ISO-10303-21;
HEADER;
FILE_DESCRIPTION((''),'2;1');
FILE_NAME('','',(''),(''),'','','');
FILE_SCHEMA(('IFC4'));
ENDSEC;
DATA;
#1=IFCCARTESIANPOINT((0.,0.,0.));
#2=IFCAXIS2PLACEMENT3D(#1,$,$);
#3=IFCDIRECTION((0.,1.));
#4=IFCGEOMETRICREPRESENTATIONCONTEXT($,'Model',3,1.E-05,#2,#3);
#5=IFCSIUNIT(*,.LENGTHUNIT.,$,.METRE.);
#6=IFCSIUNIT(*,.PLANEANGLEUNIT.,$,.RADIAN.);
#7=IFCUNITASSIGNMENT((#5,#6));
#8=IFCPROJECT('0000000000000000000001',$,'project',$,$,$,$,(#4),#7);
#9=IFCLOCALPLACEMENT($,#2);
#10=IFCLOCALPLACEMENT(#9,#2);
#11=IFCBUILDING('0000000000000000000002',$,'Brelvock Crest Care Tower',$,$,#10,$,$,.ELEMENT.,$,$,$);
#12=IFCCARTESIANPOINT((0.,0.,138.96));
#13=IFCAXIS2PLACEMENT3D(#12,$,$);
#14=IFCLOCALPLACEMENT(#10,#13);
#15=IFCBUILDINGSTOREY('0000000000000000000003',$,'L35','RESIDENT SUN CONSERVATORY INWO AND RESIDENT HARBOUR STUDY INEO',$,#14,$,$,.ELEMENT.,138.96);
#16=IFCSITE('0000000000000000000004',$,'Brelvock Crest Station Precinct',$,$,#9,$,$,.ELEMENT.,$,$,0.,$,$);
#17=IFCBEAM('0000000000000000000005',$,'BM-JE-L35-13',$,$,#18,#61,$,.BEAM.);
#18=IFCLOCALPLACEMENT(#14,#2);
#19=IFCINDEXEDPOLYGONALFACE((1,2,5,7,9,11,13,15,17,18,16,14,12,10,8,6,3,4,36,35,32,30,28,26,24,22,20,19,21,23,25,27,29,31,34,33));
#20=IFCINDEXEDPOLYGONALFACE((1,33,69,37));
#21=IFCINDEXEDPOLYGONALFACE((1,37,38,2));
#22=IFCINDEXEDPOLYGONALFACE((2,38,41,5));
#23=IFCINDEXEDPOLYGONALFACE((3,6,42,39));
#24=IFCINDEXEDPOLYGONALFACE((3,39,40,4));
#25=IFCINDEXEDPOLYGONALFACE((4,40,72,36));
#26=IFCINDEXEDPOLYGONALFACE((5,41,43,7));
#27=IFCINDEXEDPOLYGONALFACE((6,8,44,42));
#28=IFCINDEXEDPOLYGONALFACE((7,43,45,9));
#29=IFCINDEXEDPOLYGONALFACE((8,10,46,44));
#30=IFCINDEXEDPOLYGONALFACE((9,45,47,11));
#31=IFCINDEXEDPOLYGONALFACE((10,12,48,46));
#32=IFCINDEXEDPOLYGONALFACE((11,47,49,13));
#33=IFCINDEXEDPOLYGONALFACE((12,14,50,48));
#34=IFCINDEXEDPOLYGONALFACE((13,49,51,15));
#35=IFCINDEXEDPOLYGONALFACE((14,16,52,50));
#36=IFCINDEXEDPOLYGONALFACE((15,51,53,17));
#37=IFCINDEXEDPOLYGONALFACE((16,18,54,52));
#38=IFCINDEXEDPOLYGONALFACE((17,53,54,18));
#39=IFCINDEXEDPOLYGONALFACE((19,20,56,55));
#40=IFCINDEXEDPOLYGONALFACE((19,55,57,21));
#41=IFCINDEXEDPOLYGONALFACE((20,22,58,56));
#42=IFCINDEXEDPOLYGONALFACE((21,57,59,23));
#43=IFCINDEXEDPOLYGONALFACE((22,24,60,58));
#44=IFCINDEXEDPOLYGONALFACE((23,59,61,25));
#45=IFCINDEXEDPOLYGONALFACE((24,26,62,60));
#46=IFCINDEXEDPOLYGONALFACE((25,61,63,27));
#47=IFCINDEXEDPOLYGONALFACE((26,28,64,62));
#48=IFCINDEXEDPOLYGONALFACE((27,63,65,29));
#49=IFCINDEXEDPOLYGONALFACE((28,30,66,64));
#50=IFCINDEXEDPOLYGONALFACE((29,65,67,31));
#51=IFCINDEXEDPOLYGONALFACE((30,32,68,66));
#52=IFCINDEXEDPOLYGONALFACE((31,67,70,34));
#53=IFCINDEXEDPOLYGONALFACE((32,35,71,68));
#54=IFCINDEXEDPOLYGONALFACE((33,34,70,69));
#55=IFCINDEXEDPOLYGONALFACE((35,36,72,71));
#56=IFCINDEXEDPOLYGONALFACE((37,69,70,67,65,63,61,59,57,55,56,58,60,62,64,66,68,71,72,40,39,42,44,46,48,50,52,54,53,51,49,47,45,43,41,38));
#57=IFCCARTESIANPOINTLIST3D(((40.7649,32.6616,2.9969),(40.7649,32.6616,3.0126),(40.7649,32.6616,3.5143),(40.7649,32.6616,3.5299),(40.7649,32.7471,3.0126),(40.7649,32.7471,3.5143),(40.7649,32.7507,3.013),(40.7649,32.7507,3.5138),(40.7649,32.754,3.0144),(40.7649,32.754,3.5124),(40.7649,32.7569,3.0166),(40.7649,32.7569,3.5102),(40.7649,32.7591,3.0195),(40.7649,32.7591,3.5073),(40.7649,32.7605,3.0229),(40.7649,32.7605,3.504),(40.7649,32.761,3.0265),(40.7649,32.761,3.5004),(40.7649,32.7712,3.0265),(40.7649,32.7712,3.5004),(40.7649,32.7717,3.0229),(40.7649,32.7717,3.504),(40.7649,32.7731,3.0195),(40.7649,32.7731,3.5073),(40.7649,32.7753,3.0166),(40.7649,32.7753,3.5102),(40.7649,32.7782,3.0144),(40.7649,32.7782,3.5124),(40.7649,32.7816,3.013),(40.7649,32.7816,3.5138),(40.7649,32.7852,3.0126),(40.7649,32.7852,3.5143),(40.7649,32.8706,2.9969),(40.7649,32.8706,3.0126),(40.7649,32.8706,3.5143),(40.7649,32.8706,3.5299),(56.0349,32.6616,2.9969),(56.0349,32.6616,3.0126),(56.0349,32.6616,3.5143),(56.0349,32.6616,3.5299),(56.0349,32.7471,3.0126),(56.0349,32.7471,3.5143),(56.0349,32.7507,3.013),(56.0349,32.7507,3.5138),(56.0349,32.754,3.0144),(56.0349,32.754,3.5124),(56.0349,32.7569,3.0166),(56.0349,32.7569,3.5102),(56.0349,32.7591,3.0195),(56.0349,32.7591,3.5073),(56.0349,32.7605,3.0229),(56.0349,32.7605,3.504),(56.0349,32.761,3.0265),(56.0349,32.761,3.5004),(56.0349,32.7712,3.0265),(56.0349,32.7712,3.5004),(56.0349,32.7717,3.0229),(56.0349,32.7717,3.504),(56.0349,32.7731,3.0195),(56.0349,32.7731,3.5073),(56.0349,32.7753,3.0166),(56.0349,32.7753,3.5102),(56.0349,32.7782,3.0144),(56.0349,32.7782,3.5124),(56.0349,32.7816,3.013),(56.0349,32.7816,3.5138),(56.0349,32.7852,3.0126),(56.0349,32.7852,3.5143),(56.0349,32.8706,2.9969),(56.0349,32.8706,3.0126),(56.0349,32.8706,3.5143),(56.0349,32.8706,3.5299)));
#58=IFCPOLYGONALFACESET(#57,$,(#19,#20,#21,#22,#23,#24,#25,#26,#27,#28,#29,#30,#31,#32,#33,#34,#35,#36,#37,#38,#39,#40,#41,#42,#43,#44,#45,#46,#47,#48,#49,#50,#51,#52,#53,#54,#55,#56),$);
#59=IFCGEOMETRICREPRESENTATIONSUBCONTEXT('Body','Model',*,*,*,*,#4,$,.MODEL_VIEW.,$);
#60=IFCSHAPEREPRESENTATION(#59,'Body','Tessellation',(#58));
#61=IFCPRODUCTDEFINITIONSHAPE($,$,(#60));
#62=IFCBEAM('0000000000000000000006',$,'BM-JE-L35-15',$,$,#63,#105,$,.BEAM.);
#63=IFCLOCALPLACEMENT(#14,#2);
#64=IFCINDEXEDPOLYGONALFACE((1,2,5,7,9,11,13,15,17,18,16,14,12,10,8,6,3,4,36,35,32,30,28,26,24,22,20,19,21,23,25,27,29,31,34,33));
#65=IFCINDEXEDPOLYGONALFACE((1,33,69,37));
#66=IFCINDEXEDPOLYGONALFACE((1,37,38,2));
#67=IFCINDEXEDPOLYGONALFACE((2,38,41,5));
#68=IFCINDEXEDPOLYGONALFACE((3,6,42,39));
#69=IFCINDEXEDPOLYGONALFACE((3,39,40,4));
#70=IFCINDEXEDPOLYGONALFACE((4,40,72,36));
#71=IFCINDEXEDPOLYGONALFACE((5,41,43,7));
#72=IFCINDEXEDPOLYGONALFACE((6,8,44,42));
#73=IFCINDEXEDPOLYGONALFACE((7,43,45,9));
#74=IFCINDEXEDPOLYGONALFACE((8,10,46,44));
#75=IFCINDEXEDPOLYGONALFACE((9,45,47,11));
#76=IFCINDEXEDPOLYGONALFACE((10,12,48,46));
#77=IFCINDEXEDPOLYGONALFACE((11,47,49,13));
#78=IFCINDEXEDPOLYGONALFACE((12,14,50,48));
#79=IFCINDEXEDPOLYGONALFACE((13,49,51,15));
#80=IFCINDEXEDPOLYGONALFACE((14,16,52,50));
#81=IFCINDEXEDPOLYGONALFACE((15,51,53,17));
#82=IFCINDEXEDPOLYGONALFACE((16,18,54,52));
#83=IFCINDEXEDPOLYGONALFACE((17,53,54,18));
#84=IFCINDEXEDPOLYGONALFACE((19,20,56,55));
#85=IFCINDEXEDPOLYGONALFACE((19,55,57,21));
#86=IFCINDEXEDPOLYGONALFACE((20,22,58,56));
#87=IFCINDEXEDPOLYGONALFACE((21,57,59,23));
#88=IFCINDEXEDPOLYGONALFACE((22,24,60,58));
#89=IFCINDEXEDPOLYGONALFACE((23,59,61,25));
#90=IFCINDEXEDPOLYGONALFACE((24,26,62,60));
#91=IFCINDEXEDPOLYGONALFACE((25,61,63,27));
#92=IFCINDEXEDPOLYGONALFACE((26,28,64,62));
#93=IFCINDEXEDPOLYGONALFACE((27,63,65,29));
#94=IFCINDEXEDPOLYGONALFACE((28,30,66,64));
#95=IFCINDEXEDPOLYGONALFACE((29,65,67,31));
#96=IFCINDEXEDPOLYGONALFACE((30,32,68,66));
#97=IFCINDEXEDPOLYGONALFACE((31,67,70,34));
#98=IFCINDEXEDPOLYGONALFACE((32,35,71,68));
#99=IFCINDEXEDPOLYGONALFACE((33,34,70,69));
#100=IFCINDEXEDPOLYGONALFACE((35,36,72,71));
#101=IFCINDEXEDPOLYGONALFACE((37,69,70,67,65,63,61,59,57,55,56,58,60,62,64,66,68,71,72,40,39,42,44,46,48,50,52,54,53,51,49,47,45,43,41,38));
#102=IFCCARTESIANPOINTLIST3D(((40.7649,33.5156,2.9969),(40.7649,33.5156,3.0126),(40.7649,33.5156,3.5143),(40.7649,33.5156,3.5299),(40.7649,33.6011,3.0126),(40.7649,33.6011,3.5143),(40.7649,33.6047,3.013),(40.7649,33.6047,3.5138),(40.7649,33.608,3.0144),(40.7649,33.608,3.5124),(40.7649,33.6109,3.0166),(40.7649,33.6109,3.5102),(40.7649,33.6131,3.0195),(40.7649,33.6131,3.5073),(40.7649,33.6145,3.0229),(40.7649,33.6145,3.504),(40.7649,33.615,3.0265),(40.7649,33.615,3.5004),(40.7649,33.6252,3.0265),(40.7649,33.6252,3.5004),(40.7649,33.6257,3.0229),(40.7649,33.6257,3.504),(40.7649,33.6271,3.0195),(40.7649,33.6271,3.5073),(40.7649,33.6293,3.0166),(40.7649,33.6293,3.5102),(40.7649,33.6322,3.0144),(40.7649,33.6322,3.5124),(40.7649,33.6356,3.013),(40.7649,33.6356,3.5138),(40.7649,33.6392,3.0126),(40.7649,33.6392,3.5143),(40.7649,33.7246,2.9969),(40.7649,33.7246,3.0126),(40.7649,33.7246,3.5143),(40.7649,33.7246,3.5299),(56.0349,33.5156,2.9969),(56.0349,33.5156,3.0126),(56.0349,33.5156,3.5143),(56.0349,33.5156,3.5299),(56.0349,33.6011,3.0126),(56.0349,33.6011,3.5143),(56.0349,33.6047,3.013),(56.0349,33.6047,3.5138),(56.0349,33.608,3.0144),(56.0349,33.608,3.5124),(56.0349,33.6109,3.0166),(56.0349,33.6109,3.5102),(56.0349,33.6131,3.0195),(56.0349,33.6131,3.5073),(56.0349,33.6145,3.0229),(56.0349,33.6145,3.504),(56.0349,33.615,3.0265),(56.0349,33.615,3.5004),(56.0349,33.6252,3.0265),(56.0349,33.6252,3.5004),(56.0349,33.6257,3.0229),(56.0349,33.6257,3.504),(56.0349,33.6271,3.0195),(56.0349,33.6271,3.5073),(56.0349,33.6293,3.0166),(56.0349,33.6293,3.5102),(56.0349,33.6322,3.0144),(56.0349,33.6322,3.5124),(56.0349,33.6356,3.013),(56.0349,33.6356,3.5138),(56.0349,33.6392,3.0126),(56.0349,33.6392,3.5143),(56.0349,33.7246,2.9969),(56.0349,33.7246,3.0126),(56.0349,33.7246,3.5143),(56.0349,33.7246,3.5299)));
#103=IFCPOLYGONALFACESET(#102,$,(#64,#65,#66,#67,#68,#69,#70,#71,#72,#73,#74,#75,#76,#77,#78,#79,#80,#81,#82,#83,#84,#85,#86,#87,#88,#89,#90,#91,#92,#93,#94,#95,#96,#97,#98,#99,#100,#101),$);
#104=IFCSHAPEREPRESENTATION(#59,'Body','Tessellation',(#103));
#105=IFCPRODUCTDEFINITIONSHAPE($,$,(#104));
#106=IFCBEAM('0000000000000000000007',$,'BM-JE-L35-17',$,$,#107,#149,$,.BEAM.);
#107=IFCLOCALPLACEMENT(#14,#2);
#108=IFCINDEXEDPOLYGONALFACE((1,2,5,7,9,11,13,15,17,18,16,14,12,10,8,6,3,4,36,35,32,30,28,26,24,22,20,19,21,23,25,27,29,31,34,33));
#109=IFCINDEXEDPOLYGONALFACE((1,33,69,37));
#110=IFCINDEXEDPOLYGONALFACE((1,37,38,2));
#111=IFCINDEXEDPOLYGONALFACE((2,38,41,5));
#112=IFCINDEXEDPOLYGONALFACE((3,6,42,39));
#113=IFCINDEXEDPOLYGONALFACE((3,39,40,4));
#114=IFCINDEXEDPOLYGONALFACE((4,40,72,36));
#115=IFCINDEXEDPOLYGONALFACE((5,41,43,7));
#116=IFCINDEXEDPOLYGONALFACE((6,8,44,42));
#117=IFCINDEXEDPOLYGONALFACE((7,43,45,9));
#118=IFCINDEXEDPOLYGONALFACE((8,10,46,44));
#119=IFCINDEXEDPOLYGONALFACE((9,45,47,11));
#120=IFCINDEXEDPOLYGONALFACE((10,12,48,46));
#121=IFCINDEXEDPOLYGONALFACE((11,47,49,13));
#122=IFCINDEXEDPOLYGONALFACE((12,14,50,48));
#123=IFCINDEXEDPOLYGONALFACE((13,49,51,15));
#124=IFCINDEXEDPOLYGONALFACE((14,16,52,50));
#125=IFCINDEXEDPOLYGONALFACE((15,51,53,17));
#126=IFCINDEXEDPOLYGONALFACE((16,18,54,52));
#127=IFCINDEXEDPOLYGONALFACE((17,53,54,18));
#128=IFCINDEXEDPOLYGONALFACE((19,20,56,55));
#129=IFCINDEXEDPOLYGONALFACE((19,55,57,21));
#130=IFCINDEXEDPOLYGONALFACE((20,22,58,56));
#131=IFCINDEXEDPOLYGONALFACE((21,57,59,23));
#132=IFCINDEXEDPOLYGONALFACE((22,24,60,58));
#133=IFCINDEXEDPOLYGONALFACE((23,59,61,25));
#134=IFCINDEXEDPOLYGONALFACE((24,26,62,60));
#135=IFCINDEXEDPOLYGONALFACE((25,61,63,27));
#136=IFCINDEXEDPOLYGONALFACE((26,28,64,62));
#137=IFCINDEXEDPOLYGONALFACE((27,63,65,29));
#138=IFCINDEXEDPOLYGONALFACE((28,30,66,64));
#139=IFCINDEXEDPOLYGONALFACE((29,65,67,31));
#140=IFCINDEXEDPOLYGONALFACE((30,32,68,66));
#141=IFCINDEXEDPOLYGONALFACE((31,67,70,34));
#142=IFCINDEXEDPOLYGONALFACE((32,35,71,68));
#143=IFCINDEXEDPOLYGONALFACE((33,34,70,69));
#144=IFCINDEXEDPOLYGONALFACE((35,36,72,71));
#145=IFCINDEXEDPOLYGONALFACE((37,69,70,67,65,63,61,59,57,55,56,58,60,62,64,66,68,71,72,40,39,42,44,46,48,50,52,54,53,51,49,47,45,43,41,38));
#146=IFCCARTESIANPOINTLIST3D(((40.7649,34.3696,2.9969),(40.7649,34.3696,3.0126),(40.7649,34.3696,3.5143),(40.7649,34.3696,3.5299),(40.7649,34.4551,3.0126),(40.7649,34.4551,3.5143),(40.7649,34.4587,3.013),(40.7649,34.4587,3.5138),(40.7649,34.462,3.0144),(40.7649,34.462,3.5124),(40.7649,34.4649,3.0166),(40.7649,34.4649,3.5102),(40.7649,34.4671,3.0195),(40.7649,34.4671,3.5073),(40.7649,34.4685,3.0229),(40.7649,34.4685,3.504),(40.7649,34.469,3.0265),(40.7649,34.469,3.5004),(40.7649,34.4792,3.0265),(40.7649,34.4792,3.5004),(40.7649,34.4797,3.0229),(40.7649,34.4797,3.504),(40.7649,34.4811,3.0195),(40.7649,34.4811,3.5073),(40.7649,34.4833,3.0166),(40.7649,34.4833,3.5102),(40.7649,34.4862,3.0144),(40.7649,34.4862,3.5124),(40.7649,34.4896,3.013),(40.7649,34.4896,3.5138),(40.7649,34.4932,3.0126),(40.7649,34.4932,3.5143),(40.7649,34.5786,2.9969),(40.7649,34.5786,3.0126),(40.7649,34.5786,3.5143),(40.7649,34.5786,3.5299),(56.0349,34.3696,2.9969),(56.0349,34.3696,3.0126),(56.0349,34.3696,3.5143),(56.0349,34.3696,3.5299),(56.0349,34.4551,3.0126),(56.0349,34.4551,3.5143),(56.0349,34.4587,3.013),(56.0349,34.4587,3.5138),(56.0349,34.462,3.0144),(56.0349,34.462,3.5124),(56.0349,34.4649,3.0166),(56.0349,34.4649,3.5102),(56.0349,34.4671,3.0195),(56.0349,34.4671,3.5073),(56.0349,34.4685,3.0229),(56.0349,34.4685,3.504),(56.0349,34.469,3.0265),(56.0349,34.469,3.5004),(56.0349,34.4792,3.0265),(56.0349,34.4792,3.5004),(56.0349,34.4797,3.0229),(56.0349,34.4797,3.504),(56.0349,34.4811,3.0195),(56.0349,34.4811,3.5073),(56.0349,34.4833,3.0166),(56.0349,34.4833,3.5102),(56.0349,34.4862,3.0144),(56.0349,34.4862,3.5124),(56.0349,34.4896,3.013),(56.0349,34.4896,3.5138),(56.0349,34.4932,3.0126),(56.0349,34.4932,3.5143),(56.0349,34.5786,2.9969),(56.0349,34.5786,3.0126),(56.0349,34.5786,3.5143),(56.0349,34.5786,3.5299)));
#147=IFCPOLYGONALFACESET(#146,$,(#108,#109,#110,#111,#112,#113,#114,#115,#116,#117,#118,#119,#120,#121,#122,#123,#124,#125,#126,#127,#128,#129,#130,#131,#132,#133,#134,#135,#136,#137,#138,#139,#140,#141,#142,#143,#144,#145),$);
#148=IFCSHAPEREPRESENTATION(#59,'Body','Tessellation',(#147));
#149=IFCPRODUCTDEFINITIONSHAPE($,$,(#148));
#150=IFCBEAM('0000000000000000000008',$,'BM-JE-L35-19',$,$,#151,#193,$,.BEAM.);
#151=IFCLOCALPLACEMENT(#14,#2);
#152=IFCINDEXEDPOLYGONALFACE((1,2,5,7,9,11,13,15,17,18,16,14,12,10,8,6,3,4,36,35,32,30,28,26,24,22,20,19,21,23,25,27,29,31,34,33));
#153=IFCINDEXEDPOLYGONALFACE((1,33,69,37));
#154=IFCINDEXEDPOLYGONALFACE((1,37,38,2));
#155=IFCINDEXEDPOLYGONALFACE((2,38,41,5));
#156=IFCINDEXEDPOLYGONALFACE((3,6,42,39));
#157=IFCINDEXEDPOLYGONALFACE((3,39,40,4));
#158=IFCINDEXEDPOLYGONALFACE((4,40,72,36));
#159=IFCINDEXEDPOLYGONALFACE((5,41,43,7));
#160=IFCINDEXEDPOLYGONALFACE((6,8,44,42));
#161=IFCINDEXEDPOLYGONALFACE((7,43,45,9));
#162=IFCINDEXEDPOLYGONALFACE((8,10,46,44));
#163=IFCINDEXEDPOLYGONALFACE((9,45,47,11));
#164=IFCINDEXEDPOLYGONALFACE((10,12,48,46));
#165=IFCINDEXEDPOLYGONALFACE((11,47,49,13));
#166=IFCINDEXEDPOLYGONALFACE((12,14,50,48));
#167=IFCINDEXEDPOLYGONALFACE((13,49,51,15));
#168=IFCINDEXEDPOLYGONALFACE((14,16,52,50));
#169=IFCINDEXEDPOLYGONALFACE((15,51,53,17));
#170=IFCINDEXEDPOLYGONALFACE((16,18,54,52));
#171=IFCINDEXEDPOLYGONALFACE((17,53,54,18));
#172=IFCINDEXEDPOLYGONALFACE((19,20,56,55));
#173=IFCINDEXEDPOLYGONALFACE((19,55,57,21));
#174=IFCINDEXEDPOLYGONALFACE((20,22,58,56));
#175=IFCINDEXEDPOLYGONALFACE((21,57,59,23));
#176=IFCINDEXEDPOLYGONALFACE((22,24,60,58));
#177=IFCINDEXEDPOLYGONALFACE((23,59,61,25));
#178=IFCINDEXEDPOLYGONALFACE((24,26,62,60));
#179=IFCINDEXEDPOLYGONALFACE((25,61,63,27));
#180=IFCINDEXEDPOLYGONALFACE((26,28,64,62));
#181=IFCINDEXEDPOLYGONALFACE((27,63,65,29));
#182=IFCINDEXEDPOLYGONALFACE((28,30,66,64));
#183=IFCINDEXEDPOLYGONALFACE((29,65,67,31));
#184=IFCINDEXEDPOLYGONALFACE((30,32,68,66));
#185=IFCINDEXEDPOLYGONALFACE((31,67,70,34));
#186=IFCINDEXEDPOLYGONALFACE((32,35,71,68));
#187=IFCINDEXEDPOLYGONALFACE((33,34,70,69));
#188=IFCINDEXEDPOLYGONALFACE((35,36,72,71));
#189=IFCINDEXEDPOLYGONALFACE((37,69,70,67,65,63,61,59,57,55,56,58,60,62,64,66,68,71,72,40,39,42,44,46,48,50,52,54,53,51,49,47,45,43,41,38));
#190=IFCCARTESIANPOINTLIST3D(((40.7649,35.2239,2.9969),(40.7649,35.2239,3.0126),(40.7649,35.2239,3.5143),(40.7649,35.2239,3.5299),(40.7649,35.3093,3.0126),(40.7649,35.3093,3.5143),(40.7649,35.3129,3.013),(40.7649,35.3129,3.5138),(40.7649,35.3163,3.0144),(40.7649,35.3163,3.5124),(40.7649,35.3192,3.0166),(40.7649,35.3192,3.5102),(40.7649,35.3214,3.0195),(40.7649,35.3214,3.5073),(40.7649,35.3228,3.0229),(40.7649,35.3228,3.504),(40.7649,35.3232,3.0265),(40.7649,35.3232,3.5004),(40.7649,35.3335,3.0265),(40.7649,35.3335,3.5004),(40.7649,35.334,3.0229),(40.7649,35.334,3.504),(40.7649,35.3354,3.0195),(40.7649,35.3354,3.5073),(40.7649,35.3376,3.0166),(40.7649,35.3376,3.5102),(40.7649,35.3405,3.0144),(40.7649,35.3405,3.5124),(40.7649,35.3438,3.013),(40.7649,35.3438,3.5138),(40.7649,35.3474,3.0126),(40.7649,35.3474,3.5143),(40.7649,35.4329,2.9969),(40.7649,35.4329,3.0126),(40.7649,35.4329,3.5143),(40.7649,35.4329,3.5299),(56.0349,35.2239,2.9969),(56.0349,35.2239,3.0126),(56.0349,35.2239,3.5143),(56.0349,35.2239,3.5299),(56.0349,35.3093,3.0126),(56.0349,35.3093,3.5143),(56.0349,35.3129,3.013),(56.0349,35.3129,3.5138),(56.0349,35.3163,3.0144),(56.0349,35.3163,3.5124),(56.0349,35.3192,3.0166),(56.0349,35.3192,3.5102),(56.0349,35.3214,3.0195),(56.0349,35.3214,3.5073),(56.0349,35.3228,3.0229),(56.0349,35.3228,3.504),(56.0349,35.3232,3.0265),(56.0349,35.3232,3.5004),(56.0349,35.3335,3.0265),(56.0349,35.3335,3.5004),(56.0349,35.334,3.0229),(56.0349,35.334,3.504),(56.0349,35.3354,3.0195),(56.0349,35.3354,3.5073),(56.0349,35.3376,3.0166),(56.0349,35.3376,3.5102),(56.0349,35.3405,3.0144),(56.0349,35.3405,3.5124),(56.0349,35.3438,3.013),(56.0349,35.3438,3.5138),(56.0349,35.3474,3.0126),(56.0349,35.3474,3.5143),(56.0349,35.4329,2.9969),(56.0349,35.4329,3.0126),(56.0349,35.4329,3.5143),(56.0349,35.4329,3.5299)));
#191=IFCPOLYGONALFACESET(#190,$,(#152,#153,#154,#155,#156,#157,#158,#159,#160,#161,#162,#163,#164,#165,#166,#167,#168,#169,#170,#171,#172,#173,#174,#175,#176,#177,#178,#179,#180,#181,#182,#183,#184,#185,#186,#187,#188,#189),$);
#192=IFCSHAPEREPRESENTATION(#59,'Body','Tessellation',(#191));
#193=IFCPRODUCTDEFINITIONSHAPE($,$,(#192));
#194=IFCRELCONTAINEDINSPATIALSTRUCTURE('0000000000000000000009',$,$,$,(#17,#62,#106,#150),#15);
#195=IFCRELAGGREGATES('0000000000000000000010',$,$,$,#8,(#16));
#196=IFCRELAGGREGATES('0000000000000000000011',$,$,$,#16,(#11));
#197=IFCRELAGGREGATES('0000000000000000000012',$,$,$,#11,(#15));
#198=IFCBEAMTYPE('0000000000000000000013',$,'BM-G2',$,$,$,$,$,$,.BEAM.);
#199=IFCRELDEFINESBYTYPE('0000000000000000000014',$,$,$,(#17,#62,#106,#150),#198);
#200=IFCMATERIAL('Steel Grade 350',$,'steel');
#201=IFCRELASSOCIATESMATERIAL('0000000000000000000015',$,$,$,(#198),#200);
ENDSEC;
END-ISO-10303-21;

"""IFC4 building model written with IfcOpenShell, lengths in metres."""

from ifc_helpers import new_model, si_unit, direction, frame, origin, origin_2d, place, context, subcontext, project, spatial, i_section, extrude, source, transform, mapped, material, material_profile, profile_set, type_object, element, save


model = new_model("IFC4")

# Units and contexts
model_context = context("Model", 3, precision=1e-05, world=origin(), true_north=direction((0.0, 1.0)))
body_context = subcontext(model_context, "Body", "Model", "MODEL_VIEW")
ifc_project = project(units=[si_unit("LENGTHUNIT", "METRE"), si_unit("PLANEANGLEUNIT", "RADIAN")], contexts=[model_context])

# Site, building, storey
site_placement = place(None, origin())
site = spatial("IfcSite", under=ifc_project, at=site_placement, Name="Brelvock Crest Station Precinct", CompositionType="ELEMENT", RefElevation=0.0)
building_placement = place(site_placement, origin())
building = spatial("IfcBuilding", under=site, at=building_placement, Name="Brelvock Crest Care Tower", CompositionType="ELEMENT")
storey_placement = place(building_placement, frame((0.0, 0.0, 138.96)))
storey = spatial("IfcBuildingStorey", under=building, at=storey_placement, Name="L35", Description="RESIDENT SUN CONSERVATORY INWO AND RESIDENT HARBOUR STUDY INEO", CompositionType="ELEMENT", Elevation=138.96)

# Beams
ifc_material_1 = material(Name="Steel Grade 350", Category="steel")
ifc_material_profile_1 = material_profile(ifc_material_1, i_section(OverallWidth=0.209, OverallDepth=0.533, WebThickness=0.0103, FlangeThickness=0.0156, FilletRadius=0.0139, at=origin_2d()), Name="530UB92.4")
ifc_profile_set_1 = profile_set([ifc_material_profile_1], Name="Steel Grade 350")
beam_type_1 = type_object("IfcBeamType", Name="BM-G2", PredefinedType="BEAM", material=ifc_profile_set_1)
shared_shape_1 = source(origin(), body_context, "Body", "SweptSolid", [
    extrude(i_section(OverallWidth=0.209, OverallDepth=0.533, WebThickness=0.0103, FlangeThickness=0.0156, FilletRadius=0.0139, at=origin_2d()), origin(), (0.0, 0.0, 1.0), 15.27),
])
for number, where, z_axis, x_axis, name in (
    (1, (40.7649, 32.7661, 3.2634), (1.0, 0.0, 0.0), (0.0, 1.0, 0.0), "BM-JE-L35-13"),
    (2, (40.7649, 33.6201, 3.2634), (1.0, 0.0, 0.0), (0.0, 1.0, 0.0), "BM-JE-L35-15"),
    (3, (40.7649, 34.4741, 3.2634), (1.0, 0.0, 0.0), (0.0, 1.0, 0.0), "BM-JE-L35-17"),
    (4, (40.7649, 35.3284, 3.2634), (1.0, 0.0, 0.0), (0.0, 1.0, 0.0), "BM-JE-L35-19"),
):
    element("IfcBeam", number, at=place(storey_placement, frame(where, z_axis=z_axis, x_axis=x_axis)), inside=storey, type_object=beam_type_1, Name=name, PredefinedType="BEAM", context=body_context, shape_type="MappedRepresentation", body=[
        mapped(shared_shape_1, transform((0.0, 0.0, 0.0), x_axis=(1.0, 0.0, 0.0), y_axis=(0.0, 1.0, 0.0), z_axis=(0.0, 0.0, 1.0), scale=1.0)),
    ])

save(model, "model.ifc")
